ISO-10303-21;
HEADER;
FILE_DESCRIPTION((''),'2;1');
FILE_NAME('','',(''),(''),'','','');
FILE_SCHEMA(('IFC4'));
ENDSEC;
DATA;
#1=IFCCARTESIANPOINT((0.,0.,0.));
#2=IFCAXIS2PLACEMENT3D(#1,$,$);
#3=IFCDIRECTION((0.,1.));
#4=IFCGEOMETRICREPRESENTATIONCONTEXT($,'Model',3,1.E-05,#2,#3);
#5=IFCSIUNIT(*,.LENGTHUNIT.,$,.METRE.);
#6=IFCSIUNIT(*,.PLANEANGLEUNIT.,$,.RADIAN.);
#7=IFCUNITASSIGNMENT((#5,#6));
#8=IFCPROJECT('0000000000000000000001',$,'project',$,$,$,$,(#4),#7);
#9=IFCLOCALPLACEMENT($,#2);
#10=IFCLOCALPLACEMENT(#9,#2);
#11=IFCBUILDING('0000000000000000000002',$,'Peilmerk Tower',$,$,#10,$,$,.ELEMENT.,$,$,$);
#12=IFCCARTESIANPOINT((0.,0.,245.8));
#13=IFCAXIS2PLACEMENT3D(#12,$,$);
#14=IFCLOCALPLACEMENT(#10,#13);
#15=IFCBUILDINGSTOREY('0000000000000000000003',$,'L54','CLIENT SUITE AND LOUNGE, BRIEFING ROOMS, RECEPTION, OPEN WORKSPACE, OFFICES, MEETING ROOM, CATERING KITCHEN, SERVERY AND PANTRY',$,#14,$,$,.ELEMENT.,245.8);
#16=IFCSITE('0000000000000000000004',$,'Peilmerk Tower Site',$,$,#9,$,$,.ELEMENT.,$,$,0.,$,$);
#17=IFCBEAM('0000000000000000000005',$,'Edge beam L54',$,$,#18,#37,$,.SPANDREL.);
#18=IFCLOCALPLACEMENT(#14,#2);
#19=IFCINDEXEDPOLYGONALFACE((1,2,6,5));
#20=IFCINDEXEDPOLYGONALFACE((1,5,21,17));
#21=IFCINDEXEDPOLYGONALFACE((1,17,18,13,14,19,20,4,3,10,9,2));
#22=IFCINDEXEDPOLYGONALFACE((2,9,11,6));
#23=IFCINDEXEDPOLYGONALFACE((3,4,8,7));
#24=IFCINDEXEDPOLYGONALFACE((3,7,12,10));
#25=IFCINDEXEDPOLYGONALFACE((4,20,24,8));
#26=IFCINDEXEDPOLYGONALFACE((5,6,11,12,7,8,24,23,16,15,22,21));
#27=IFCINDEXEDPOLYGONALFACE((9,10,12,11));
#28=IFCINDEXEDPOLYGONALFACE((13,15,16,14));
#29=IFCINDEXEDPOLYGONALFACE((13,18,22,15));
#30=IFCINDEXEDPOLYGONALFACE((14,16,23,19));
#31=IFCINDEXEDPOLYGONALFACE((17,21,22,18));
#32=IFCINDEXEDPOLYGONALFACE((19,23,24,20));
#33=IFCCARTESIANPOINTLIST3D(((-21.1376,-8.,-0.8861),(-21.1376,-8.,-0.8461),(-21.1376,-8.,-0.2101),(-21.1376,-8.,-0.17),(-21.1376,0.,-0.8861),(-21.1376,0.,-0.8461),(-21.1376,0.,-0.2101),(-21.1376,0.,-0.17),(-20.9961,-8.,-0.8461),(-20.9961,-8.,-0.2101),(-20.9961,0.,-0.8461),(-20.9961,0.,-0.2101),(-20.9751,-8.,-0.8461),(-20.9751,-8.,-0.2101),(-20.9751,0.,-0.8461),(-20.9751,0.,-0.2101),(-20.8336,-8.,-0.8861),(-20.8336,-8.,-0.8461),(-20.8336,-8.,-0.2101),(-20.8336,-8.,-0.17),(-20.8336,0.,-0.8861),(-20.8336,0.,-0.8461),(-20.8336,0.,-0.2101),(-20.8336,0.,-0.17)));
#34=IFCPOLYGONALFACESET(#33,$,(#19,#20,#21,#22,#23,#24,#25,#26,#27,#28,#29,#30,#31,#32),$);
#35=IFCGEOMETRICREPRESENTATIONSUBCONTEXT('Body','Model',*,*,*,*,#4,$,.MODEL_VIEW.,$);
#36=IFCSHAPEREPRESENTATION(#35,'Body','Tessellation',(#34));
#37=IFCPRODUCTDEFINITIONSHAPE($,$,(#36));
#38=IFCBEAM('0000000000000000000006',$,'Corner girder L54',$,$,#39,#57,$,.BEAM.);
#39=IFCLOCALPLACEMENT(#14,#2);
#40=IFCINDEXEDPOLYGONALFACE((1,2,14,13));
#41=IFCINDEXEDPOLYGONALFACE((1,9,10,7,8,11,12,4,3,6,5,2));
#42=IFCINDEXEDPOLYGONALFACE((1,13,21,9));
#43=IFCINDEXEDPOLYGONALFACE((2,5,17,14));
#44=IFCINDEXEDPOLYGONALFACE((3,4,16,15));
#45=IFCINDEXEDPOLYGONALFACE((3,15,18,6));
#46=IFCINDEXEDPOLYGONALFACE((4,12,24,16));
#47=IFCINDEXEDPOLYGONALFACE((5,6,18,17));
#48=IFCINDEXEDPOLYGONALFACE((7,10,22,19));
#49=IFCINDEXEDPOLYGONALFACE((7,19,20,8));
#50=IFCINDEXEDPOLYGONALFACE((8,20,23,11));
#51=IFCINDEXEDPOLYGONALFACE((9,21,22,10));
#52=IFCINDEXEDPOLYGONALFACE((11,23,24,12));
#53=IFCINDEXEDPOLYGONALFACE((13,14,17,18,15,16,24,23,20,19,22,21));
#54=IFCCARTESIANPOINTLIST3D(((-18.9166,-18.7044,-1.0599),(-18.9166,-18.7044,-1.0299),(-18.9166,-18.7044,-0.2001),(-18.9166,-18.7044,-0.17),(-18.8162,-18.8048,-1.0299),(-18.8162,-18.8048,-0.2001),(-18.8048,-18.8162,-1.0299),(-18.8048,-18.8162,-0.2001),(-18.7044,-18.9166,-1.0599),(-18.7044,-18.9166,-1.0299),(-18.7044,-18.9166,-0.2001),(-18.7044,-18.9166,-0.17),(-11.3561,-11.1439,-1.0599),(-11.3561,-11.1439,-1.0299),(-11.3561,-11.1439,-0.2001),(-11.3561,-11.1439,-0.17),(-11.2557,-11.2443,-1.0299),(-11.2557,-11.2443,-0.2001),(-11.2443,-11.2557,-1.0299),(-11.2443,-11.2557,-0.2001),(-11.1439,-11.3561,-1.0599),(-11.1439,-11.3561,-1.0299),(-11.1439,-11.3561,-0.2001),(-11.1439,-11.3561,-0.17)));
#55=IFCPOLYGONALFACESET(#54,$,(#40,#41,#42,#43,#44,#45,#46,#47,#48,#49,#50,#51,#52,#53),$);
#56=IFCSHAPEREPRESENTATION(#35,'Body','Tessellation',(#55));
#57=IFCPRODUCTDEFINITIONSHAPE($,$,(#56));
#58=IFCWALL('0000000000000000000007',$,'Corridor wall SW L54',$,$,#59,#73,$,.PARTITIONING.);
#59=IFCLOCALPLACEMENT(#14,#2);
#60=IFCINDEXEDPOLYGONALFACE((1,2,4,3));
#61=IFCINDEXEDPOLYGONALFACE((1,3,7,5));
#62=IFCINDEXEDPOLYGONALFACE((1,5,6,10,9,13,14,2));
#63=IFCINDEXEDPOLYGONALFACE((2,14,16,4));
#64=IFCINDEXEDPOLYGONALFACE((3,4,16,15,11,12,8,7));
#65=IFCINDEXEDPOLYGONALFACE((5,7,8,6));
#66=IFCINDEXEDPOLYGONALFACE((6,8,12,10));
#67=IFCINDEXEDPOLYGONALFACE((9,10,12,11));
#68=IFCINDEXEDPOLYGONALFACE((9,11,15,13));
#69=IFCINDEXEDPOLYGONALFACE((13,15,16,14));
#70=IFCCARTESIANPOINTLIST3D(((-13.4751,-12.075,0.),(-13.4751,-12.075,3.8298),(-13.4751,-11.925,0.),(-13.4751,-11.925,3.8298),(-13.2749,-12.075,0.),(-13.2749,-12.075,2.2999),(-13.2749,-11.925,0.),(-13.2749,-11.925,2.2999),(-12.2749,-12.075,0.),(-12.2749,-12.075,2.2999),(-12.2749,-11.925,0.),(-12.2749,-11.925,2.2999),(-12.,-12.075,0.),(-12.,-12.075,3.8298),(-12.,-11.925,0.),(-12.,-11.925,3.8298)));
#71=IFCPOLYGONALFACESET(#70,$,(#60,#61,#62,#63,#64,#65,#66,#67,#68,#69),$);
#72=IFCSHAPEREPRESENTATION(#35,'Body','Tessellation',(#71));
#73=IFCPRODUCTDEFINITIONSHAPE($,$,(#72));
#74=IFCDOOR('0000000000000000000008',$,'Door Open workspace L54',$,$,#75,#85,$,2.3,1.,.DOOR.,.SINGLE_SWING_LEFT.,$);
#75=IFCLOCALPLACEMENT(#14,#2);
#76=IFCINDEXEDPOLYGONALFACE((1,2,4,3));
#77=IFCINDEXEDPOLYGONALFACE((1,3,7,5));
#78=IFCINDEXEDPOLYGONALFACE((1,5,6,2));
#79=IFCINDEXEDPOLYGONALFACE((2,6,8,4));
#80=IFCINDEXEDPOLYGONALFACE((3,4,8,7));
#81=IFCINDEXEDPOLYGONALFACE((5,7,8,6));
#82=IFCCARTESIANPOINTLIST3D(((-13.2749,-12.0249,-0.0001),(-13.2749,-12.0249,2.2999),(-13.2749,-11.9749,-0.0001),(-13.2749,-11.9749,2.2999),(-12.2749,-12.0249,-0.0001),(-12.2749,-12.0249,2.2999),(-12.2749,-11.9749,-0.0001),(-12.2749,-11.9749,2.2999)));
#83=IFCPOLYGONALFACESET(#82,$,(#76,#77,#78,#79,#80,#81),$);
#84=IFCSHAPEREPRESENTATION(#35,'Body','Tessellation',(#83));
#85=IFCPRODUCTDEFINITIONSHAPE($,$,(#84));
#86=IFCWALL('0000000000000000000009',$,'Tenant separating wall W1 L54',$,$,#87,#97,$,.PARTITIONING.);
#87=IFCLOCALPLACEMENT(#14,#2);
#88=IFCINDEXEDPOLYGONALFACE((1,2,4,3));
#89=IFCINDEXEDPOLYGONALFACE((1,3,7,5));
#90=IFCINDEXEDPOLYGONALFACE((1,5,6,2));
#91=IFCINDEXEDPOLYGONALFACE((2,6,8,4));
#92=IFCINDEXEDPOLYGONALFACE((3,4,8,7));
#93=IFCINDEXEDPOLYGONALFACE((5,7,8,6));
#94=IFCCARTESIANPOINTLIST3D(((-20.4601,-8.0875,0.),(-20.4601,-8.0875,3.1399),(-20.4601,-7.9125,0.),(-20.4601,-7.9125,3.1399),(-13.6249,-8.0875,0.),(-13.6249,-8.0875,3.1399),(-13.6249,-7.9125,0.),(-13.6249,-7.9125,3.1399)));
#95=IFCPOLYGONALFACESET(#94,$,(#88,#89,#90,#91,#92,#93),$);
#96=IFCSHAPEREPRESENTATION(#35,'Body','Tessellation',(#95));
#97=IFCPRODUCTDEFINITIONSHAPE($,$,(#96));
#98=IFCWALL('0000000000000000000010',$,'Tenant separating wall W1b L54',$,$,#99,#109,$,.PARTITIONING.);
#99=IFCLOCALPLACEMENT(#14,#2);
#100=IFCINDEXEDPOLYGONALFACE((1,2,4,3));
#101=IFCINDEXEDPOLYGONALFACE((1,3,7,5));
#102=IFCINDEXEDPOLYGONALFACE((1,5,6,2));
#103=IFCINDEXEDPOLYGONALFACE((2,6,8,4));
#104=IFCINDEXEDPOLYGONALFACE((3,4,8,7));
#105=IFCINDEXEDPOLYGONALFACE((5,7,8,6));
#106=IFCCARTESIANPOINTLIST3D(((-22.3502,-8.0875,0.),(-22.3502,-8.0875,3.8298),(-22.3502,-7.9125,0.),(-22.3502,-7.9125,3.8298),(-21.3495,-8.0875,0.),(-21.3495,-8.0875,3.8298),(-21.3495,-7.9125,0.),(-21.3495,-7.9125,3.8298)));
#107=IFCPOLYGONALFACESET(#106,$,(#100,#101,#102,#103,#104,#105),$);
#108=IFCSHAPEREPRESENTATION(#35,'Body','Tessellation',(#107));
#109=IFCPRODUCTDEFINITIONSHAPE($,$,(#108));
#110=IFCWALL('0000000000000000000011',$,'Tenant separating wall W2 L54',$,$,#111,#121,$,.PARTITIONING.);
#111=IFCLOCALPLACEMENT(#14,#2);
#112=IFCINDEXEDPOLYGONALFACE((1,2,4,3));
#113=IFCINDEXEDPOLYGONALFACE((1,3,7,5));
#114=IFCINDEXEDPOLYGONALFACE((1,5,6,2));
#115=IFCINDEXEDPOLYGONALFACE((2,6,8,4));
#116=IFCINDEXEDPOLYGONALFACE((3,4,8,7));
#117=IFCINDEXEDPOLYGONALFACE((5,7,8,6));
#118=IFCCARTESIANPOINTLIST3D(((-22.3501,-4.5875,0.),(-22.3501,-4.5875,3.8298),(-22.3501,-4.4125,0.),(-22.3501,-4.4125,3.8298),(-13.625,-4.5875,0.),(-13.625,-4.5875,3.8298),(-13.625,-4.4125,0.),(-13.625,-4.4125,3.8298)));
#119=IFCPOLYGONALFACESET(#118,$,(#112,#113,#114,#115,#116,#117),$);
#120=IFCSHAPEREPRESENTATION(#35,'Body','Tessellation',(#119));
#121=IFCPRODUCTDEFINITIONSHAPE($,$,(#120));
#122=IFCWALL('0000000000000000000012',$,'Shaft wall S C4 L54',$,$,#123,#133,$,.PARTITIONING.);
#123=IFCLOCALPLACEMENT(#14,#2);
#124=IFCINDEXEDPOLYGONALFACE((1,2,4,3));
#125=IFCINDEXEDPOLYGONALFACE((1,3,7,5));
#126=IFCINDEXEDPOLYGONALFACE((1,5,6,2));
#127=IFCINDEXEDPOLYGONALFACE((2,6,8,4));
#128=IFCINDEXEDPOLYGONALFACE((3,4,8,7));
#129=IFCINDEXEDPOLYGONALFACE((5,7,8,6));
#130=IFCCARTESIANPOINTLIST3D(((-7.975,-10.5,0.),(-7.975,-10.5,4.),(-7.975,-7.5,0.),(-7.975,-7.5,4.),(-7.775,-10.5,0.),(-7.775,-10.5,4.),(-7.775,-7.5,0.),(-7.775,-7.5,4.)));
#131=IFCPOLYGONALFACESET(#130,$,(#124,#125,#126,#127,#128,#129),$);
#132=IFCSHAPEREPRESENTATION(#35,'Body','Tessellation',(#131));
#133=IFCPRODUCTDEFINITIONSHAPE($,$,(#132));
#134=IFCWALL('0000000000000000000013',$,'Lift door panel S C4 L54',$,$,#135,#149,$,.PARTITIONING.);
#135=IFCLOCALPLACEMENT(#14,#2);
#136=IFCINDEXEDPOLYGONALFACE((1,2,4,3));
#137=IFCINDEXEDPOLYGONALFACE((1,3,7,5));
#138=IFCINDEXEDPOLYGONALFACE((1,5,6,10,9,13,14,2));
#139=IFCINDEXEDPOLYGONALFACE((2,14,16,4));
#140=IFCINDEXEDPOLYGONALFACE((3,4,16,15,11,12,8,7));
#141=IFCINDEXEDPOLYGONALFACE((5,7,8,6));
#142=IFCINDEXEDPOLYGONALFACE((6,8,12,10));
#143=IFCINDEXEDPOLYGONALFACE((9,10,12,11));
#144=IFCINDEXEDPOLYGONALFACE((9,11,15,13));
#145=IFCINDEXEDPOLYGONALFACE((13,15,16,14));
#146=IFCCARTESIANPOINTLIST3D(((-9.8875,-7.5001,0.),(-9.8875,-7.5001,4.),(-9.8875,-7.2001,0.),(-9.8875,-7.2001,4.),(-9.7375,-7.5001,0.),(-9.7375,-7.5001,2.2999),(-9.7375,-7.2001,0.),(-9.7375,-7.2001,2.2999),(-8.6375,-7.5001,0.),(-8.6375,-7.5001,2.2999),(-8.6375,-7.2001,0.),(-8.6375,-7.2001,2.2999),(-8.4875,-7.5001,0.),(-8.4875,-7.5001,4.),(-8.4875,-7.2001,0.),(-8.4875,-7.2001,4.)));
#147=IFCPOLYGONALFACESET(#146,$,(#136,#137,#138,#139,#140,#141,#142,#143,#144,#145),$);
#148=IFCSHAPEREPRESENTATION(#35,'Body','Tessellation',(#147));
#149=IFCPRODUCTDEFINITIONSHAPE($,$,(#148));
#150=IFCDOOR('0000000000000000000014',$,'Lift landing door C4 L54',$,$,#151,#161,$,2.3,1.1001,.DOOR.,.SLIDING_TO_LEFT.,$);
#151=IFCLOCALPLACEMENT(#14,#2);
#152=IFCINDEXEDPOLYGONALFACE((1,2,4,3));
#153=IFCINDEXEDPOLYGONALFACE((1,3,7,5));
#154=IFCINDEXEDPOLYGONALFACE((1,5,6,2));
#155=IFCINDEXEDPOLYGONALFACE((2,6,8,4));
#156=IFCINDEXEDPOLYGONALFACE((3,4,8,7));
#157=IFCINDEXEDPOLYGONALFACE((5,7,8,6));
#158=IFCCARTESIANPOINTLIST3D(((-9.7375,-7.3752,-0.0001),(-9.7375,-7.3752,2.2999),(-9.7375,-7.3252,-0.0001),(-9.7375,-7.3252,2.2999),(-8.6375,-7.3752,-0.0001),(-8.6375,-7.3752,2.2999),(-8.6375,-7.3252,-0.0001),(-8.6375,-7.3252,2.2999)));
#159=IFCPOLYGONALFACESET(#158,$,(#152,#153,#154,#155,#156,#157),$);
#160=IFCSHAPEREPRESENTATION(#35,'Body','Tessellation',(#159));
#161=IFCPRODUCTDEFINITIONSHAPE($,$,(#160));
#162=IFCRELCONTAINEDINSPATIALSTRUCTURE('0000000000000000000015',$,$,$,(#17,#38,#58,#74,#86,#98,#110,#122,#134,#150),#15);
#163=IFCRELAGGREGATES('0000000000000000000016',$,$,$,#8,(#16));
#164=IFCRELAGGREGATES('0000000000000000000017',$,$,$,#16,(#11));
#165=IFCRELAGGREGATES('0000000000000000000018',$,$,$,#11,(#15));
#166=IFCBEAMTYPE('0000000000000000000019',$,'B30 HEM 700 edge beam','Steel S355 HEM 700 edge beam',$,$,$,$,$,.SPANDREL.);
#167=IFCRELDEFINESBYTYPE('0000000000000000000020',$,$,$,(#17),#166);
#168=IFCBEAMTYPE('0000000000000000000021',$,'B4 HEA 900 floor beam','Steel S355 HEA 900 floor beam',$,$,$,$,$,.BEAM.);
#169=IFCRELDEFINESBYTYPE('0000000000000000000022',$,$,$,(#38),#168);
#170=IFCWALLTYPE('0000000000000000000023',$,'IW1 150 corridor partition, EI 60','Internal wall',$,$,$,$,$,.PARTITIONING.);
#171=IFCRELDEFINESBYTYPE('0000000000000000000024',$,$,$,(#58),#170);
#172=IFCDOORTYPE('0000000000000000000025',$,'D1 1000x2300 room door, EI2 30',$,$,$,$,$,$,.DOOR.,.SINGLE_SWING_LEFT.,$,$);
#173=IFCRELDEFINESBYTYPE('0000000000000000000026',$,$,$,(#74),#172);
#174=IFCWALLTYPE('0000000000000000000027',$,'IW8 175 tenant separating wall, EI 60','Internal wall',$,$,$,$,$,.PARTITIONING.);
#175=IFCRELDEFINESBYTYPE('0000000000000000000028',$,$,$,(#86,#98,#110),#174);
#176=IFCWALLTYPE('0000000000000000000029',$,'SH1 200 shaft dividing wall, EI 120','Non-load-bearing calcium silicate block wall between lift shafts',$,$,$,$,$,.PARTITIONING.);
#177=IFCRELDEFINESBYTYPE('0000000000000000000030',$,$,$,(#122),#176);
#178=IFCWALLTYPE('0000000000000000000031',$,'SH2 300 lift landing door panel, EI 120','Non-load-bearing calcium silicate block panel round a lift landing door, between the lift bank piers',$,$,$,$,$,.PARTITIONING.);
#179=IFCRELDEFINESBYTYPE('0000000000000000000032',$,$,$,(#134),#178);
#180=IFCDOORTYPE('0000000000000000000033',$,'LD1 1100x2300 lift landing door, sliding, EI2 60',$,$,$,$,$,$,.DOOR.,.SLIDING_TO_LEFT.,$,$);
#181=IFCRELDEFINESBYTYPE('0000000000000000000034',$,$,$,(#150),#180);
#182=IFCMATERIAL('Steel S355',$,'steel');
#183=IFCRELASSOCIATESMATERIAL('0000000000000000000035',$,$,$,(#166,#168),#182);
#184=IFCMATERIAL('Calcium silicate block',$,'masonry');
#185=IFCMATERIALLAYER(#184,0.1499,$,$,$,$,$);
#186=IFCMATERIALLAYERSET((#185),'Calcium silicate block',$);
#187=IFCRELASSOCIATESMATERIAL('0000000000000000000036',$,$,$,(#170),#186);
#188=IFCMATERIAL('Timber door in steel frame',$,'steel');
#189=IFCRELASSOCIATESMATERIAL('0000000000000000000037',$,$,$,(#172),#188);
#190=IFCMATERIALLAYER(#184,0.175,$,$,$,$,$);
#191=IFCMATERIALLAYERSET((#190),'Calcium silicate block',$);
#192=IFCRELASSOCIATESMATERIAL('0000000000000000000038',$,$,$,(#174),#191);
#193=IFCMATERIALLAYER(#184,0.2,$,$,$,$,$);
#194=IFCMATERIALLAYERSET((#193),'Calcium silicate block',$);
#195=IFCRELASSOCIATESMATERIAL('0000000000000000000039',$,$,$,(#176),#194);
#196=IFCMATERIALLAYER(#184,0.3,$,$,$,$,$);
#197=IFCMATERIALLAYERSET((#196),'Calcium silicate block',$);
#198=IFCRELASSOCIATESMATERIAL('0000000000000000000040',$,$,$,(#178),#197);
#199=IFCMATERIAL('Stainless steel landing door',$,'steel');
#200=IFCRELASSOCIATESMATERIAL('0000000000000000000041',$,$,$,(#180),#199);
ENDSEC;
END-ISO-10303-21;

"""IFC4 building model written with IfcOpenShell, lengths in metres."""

from ifc_helpers import new_model, si_unit, direction, frame, frame_2d, origin, origin_2d, place, context, subcontext, project, spatial, rectangle, i_section, extrude, material, layer, layer_set, material_profile, profile_set, type_object, element, fill, save


model = new_model("IFC4")

# Units and contexts
model_context = context("Model", 3, precision=1e-05, world=origin(), true_north=direction((0.0, 1.0)))
body_context = subcontext(model_context, "Body", "Model", "MODEL_VIEW")
ifc_project = project(units=[si_unit("LENGTHUNIT", "METRE"), si_unit("PLANEANGLEUNIT", "RADIAN")], contexts=[model_context])

# Site, building, storey
site_placement = place(None, origin())
site = spatial("IfcSite", under=ifc_project, at=site_placement, Name="Peilmerk Tower Site", CompositionType="ELEMENT", RefElevation=0.0)
building_placement = place(site_placement, origin())
building = spatial("IfcBuilding", under=site, at=building_placement, Name="Peilmerk Tower", CompositionType="ELEMENT")
storey_placement = place(building_placement, frame((0.0, 0.0, 245.8)))
storey = spatial("IfcBuildingStorey", under=building, at=storey_placement, Name="L54", Description="CLIENT SUITE AND LOUNGE, BRIEFING ROOMS, RECEPTION, OPEN WORKSPACE, OFFICES, MEETING ROOM, CATERING KITCHEN, SERVERY AND PANTRY", CompositionType="ELEMENT", Elevation=245.8)

# Beams
ifc_material_1 = material(Name="Steel S355", Category="steel")
ifc_material_profile_1 = material_profile(ifc_material_1, i_section(OverallWidth=0.304, OverallDepth=0.7161, WebThickness=0.021, FlangeThickness=0.04, at=origin_2d()), Name="HEM 700")
ifc_profile_set_1 = profile_set([ifc_material_profile_1], Name="Steel S355")
beam_type_1 = type_object("IfcBeamType", Name="B30 HEM 700 edge beam", Description="Steel S355 HEM 700 edge beam", PredefinedType="SPANDREL", material=ifc_profile_set_1)
beam_1_placement = place(storey_placement, frame((-20.9856, 0.0, -0.5281), z_axis=(0.0, -1.0, 0.0), x_axis=(1.0, 0.0, 0.0)))
element("IfcBeam", 1, at=beam_1_placement, inside=storey, type_object=beam_type_1, Name="Edge beam L54", PredefinedType="SPANDREL", context=body_context, shape_type="SweptSolid", body=[
    extrude(i_section(OverallWidth=0.304, OverallDepth=0.7161, WebThickness=0.021, FlangeThickness=0.04, at=origin_2d()), origin(), (0.0, 0.0, 1.0), 8.0),
])
ifc_material_profile_2 = material_profile(ifc_material_1, i_section(OverallWidth=0.3, OverallDepth=0.8899, WebThickness=0.0161, FlangeThickness=0.03, at=origin_2d()), Name="HEA 900")
ifc_profile_set_2 = profile_set([ifc_material_profile_2], Name="Steel S355")
beam_type_2 = type_object("IfcBeamType", Name="B4 HEA 900 floor beam", Description="Steel S355 HEA 900 floor beam", PredefinedType="BEAM", material=ifc_profile_set_2)
beam_2_placement = place(storey_placement, frame((-11.25, -11.25, -0.615), z_axis=(-0.707107, -0.707107, 0.0), x_axis=(0.707107, -0.707107, 0.0)))
element("IfcBeam", 2, at=beam_2_placement, inside=storey, type_object=beam_type_2, Name="Corner girder L54", PredefinedType="BEAM", context=body_context, shape_type="SweptSolid", body=[
    extrude(i_section(OverallWidth=0.3, OverallDepth=0.8899, WebThickness=0.0161, FlangeThickness=0.03, at=origin_2d()), origin(), (0.0, 0.0, 1.0), 10.6921),
])

# Wall, opening, door
ifc_material_2 = material(Name="Calcium silicate block", Category="masonry")
ifc_layer_1 = layer(ifc_material_2, 0.1499)
ifc_layer_set_1 = layer_set([ifc_layer_1], Name="Calcium silicate block")
wall_type_1 = type_object("IfcWallType", Name="IW1 150 corridor partition, EI 60", Description="Internal wall", PredefinedType="PARTITIONING", material=ifc_layer_set_1)
wall_1_placement = place(storey_placement, frame((-12.0, -12.0, 0.0), z_axis=(0.0, 0.0, 1.0), x_axis=(-1.0, 0.0, 0.0)))
wall_1 = element("IfcWall", 3, at=wall_1_placement, inside=storey, type_object=wall_type_1, Name="Corridor wall SW L54", PredefinedType="PARTITIONING", context=body_context, shape_type="SweptSolid", body=[
    extrude(rectangle(XDim=1.4751, YDim=0.1499, at=frame_2d((0.7375, 0.0))), origin(), (0.0, 0.0, 1.0), 3.8298),
])
opening_1_placement = place(wall_1_placement, frame((0.2749, 0.0, 0.0)))
opening_1 = element("IfcOpeningElement", 4, at=opening_1_placement, cuts=wall_1, PredefinedType="OPENING", context=body_context, shape_type="SweptSolid", body=[
    extrude(rectangle(XDim=1.0, YDim=2.3, at=frame_2d((0.5, 1.1499))), frame((0.0, 0.085, 0.0), z_axis=(0.0, -1.0, 0.0), x_axis=(1.0, 0.0, 0.0)), (0.0, 0.0, 1.0), 0.1699),
])
ifc_material_3 = material(Name="Timber door in steel frame", Category="steel")
door_type_1 = type_object("IfcDoorType", Name="D1 1000x2300 room door, EI2 30", OperationType="SINGLE_SWING_LEFT", PredefinedType="DOOR", material=ifc_material_3)
door_1_placement = place(opening_1_placement, origin())
door_1 = element("IfcDoor", 5, at=door_1_placement, inside=storey, type_object=door_type_1, Name="Door Open workspace L54", OperationType="SINGLE_SWING_LEFT", OverallHeight=2.3, OverallWidth=1.0, PredefinedType="DOOR", context=body_context, shape_type="SweptSolid", body=[
    extrude(rectangle(XDim=1.0, YDim=2.3, at=frame_2d((0.5, 1.1499))), frame((0.0, 0.0249, 0.0), z_axis=(0.0, -1.0, 0.0), x_axis=(1.0, 0.0, 0.0)), (0.0, 0.0, 1.0), 0.05),
])
fill(opening_1, door_1)

# Walls
ifc_layer_2 = layer(ifc_material_2, 0.175)
ifc_layer_set_2 = layer_set([ifc_layer_2], Name="Calcium silicate block")
wall_type_2 = type_object("IfcWallType", Name="IW8 175 tenant separating wall, EI 60", Description="Internal wall", PredefinedType="PARTITIONING", material=ifc_layer_set_2)
wall_2_placement = place(storey_placement, frame((-13.625, -8.0, 0.0), z_axis=(0.0, 0.0, 1.0), x_axis=(-1.0, 0.0, 0.0)))
element("IfcWall", 6, at=wall_2_placement, inside=storey, type_object=wall_type_2, Name="Tenant separating wall W1 L54", PredefinedType="PARTITIONING", context=body_context, shape_type="SweptSolid", body=[
    extrude(rectangle(XDim=6.8352, YDim=0.175, at=frame_2d((3.4175, 0.0))), origin(), (0.0, 0.0, 1.0), 3.1399),
])
wall_3_placement = place(storey_placement, frame((-21.3494, -8.0, 0.0), z_axis=(0.0, 0.0, 1.0), x_axis=(-1.0, 0.0, 0.0)))
element("IfcWall", 7, at=wall_3_placement, inside=storey, type_object=wall_type_2, Name="Tenant separating wall W1b L54", PredefinedType="PARTITIONING", context=body_context, shape_type="SweptSolid", body=[
    extrude(rectangle(XDim=1.0007, YDim=0.175, at=frame_2d((0.5005, 0.0))), origin(), (0.0, 0.0, 1.0), 3.8298),
])
wall_4_placement = place(storey_placement, frame((-13.625, -4.5, 0.0), z_axis=(0.0, 0.0, 1.0), x_axis=(-1.0, 0.0, 0.0)))
element("IfcWall", 8, at=wall_4_placement, inside=storey, type_object=wall_type_2, Name="Tenant separating wall W2 L54", PredefinedType="PARTITIONING", context=body_context, shape_type="SweptSolid", body=[
    extrude(rectangle(XDim=8.7251, YDim=0.175, at=frame_2d((4.3625, 0.0))), origin(), (0.0, 0.0, 1.0), 3.8298),
])
ifc_layer_3 = layer(ifc_material_2, 0.2)
ifc_layer_set_3 = layer_set([ifc_layer_3], Name="Calcium silicate block")
wall_type_3 = type_object("IfcWallType", Name="SH1 200 shaft dividing wall, EI 120", Description="Non-load-bearing calcium silicate block wall between lift shafts", PredefinedType="PARTITIONING", material=ifc_layer_set_3)
wall_5_placement = place(storey_placement, frame((-7.875, -10.5, 0.0), z_axis=(0.0, 0.0, 1.0), x_axis=(0.0, 1.0, 0.0)))
element("IfcWall", 9, at=wall_5_placement, inside=storey, type_object=wall_type_3, Name="Shaft wall S C4 L54", PredefinedType="PARTITIONING", context=body_context, shape_type="SweptSolid", body=[
    extrude(rectangle(XDim=3.0, YDim=0.2, at=frame_2d((1.5, 0.0))), origin(), (0.0, 0.0, 1.0), 4.0),
])

# Wall, opening, door
ifc_layer_4 = layer(ifc_material_2, 0.3)
ifc_layer_set_4 = layer_set([ifc_layer_4], Name="Calcium silicate block")
wall_type_4 = type_object("IfcWallType", Name="SH2 300 lift landing door panel, EI 120", Description="Non-load-bearing calcium silicate block panel round a lift landing door, between the lift bank piers", PredefinedType="PARTITIONING", material=ifc_layer_set_4)
wall_6_placement = place(storey_placement, frame((-9.8875, -7.3501, 0.0), z_axis=(0.0, 0.0, 1.0), x_axis=(1.0, 0.0, 0.0)))
wall_6 = element("IfcWall", 10, at=wall_6_placement, inside=storey, type_object=wall_type_4, Name="Lift door panel S C4 L54", PredefinedType="PARTITIONING", context=body_context, shape_type="SweptSolid", body=[
    extrude(rectangle(XDim=1.3999, YDim=0.3, at=frame_2d((0.7, 0.0))), origin(), (0.0, 0.0, 1.0), 4.0),
])
opening_2_placement = place(wall_6_placement, frame((0.1499, 0.0, 0.0)))
opening_2 = element("IfcOpeningElement", 11, at=opening_2_placement, cuts=wall_6, PredefinedType="OPENING", context=body_context, shape_type="SweptSolid", body=[
    extrude(rectangle(XDim=1.1001, YDim=2.3, at=frame_2d((0.55, 1.1499))), frame((0.0, 0.1599, 0.0), z_axis=(0.0, -1.0, 0.0), x_axis=(1.0, 0.0, 0.0)), (0.0, 0.0, 1.0), 0.3201),
])
ifc_material_4 = material(Name="Stainless steel landing door", Category="steel")
door_type_2 = type_object("IfcDoorType", Name="LD1 1100x2300 lift landing door, sliding, EI2 60", OperationType="SLIDING_TO_LEFT", PredefinedType="DOOR", material=ifc_material_4)
door_2_placement = place(opening_2_placement, origin())
door_2 = element("IfcDoor", 12, at=door_2_placement, inside=storey, type_object=door_type_2, Name="Lift landing door C4 L54", OperationType="SLIDING_TO_LEFT", OverallHeight=2.3, OverallWidth=1.1001, PredefinedType="DOOR", context=body_context, shape_type="SweptSolid", body=[
    extrude(rectangle(XDim=1.1001, YDim=2.3, at=frame_2d((0.55, 1.1499))), frame((0.0, 0.0249, 0.0), z_axis=(0.0, -1.0, 0.0), x_axis=(1.0, 0.0, 0.0)), (0.0, 0.0, 1.0), 0.05),
])
fill(opening_2, door_2)

save(model, "model.ifc")
